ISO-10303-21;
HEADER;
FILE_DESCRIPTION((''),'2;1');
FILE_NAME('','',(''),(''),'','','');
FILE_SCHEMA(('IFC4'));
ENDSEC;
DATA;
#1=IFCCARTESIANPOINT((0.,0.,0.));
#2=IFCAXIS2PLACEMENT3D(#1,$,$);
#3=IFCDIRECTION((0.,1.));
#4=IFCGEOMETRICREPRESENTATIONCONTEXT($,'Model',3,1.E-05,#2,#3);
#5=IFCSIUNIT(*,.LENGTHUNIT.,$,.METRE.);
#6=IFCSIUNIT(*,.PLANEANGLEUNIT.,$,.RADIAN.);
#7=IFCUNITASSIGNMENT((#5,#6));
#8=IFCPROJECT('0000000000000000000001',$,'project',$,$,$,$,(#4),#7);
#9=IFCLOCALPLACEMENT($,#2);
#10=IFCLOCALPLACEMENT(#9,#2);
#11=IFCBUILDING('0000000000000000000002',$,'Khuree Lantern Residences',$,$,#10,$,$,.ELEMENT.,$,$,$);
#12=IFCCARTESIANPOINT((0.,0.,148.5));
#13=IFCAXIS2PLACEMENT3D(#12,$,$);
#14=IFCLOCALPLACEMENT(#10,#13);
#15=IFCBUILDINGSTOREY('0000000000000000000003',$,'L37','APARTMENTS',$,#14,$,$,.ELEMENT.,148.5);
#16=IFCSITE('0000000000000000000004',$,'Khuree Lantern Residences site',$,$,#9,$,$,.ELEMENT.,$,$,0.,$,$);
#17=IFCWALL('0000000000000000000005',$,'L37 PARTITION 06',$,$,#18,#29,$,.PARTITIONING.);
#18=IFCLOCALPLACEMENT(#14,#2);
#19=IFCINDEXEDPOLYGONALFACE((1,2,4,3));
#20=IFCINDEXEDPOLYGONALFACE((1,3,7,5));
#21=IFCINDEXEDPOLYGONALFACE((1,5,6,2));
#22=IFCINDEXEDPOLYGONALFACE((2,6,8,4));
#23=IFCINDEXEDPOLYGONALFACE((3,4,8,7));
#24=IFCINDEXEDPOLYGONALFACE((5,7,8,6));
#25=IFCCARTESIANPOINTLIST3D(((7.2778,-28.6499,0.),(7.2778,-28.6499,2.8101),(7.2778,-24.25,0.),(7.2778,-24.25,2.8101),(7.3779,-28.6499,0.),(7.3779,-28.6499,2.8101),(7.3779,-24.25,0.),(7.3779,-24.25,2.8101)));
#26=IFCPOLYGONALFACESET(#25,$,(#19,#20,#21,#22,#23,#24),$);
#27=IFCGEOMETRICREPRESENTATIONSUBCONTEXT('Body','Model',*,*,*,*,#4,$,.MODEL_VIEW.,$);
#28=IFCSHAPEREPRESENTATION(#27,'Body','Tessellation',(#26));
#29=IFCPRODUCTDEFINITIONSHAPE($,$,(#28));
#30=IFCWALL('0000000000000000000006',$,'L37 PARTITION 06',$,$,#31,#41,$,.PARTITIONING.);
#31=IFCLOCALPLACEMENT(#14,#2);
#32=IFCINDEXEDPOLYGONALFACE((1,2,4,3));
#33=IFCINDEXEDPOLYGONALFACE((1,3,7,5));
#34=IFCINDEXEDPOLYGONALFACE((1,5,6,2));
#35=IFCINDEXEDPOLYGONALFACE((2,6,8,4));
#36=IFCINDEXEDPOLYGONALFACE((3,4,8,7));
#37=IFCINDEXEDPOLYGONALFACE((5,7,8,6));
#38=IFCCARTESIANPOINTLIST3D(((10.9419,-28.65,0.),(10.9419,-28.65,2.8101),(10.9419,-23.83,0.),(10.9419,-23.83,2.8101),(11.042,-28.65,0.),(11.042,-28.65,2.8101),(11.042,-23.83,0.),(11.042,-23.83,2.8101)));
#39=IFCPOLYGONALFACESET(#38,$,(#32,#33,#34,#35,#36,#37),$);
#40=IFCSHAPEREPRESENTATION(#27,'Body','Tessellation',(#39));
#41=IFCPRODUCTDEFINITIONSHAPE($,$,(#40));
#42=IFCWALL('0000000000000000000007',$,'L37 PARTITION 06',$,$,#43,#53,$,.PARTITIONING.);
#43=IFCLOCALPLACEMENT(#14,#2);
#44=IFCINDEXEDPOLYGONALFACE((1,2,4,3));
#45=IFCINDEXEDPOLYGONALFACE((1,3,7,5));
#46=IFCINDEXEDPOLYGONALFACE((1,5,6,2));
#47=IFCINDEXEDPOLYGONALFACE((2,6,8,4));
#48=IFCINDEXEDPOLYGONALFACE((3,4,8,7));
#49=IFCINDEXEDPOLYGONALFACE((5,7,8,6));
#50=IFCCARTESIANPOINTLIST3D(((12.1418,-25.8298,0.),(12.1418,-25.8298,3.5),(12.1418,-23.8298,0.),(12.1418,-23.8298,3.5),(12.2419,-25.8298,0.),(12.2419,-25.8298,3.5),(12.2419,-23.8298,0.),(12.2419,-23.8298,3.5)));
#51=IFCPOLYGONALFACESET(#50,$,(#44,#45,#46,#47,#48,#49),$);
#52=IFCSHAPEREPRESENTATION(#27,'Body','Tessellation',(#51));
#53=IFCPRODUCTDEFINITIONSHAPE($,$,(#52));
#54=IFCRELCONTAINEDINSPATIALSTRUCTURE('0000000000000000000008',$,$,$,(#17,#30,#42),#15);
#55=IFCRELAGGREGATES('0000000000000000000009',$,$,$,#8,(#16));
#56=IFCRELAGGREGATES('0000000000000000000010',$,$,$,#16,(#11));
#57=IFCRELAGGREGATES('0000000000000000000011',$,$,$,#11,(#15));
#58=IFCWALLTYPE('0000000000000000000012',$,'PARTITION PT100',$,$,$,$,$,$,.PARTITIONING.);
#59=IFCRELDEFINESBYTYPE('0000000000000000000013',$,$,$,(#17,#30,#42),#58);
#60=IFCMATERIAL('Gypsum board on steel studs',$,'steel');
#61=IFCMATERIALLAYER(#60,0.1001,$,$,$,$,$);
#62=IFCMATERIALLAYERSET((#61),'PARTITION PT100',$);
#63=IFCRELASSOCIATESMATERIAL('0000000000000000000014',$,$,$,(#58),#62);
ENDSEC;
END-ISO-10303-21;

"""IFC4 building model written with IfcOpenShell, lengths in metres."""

from ifc_helpers import new_model, si_unit, direction, frame, frame_2d, origin, place, context, subcontext, project, spatial, rectangle, extrude, material, layer, layer_set, type_object, element, save


model = new_model("IFC4")

# Units and contexts
model_context = context("Model", 3, precision=1e-05, world=origin(), true_north=direction((0.0, 1.0)))
body_context = subcontext(model_context, "Body", "Model", "MODEL_VIEW")
ifc_project = project(units=[si_unit("LENGTHUNIT", "METRE"), si_unit("PLANEANGLEUNIT", "RADIAN")], contexts=[model_context])

# Site, building, storey
site_placement = place(None, origin())
site = spatial("IfcSite", under=ifc_project, at=site_placement, Name="Khuree Lantern Residences site", CompositionType="ELEMENT", RefElevation=0.0)
building_placement = place(site_placement, origin())
building = spatial("IfcBuilding", under=site, at=building_placement, Name="Khuree Lantern Residences", CompositionType="ELEMENT")
storey_placement = place(building_placement, frame((0.0, 0.0, 148.5)))
storey = spatial("IfcBuildingStorey", under=building, at=storey_placement, Name="L37", Description="APARTMENTS", CompositionType="ELEMENT", Elevation=148.5)

# Shared definitions
ifc_material_1 = material(Name="Gypsum board on steel studs", Category="steel")

# Walls
ifc_layer_1 = layer(ifc_material_1, 0.1001)
ifc_layer_set_1 = layer_set([ifc_layer_1], Name="PARTITION PT100")
wall_type_1 = type_object("IfcWallType", Name="PARTITION PT100", PredefinedType="PARTITIONING", material=ifc_layer_set_1)
wall_1_placement = place(storey_placement, frame((7.3279, -24.25, 0.0), z_axis=(0.0, 0.0, 1.0), x_axis=(0.0, -1.0, 0.0)))
element("IfcWall", 1, at=wall_1_placement, inside=storey, type_object=wall_type_1, Name="L37 PARTITION 06", PredefinedType="PARTITIONING", context=body_context, shape_type="SweptSolid", body=[
    extrude(rectangle(XDim=4.3999, YDim=0.1001, at=frame_2d((2.2, 0.0))), origin(), (0.0, 0.0, 1.0), 2.8101),
])
wall_2_placement = place(storey_placement, frame((10.9919, -23.8298, 0.0), z_axis=(0.0, 0.0, 1.0), x_axis=(0.0, -1.0, 0.0)))
element("IfcWall", 2, at=wall_2_placement, inside=storey, type_object=wall_type_1, Name="L37 PARTITION 06", PredefinedType="PARTITIONING", context=body_context, shape_type="SweptSolid", body=[
    extrude(rectangle(XDim=4.8201, YDim=0.1001, at=frame_2d((2.4102, 0.0))), origin(), (0.0, 0.0, 1.0), 2.8101),
])
wall_3_placement = place(storey_placement, frame((12.1919, -23.8298, 0.0), z_axis=(0.0, 0.0, 1.0), x_axis=(0.0, -1.0, 0.0)))
element("IfcWall", 3, at=wall_3_placement, inside=storey, type_object=wall_type_1, Name="L37 PARTITION 06", PredefinedType="PARTITIONING", context=body_context, shape_type="SweptSolid", body=[
    extrude(rectangle(XDim=2.0, YDim=0.1001, at=frame_2d((1.0, 0.0))), origin(), (0.0, 0.0, 1.0), 3.5),
])

save(model, "model.ifc")
